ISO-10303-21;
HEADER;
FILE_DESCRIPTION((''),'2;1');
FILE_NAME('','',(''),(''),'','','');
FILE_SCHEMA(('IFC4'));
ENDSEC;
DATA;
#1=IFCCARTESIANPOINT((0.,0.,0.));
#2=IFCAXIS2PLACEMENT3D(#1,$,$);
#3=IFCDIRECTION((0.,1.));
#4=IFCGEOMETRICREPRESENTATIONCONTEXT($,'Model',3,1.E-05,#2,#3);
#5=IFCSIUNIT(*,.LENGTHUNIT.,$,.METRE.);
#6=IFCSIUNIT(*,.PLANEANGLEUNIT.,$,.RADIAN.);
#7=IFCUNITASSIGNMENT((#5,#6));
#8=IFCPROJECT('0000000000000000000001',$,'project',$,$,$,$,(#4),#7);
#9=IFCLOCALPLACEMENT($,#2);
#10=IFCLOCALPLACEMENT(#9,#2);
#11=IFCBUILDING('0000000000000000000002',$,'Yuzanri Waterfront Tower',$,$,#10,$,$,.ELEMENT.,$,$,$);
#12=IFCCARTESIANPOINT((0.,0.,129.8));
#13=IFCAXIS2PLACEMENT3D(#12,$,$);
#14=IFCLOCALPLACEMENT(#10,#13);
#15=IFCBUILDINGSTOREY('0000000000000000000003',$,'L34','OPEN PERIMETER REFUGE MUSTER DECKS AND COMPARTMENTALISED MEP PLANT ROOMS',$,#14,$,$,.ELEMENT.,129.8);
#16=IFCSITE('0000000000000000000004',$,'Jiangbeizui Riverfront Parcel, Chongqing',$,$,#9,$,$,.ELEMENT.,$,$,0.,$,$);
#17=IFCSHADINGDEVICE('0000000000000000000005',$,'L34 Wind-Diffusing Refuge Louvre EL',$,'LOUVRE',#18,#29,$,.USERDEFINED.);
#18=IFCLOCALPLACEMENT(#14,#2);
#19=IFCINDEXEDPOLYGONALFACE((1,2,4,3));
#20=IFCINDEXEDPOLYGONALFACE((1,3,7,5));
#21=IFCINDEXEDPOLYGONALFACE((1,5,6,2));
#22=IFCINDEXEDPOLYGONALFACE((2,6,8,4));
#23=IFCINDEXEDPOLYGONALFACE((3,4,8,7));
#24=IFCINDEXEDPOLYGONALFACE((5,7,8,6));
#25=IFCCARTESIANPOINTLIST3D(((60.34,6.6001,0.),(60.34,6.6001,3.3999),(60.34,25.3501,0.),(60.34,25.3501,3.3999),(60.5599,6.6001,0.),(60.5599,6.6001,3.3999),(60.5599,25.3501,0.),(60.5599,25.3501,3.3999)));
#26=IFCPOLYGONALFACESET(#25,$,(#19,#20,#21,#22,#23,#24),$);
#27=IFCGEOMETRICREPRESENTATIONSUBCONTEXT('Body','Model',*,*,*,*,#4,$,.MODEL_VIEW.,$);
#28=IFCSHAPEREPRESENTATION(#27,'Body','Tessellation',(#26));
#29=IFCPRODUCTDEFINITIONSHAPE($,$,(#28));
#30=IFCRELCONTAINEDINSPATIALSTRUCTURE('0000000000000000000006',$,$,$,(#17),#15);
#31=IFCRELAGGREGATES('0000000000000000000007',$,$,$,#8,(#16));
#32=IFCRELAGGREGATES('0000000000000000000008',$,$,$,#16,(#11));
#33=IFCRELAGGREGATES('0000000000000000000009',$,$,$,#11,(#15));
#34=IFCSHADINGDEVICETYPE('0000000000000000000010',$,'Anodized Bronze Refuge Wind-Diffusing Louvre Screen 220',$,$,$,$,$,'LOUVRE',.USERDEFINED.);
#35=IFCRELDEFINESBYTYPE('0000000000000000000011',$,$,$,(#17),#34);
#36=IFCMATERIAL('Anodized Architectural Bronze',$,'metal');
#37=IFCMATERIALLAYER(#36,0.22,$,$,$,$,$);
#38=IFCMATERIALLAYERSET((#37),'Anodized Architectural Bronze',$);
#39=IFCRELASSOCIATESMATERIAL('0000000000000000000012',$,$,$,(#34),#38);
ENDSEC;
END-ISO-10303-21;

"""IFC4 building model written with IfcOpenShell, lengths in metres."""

from ifc_helpers import new_model, si_unit, direction, frame, origin, origin_2d, place, context, subcontext, project, spatial, rectangle, extrude, source, transform, mapped, material, layer, layer_set, type_object, element, save


model = new_model("IFC4")

# Units and contexts
model_context = context("Model", 3, precision=1e-05, world=origin(), true_north=direction((0.0, 1.0)))
body_context = subcontext(model_context, "Body", "Model", "MODEL_VIEW")
ifc_project = project(units=[si_unit("LENGTHUNIT", "METRE"), si_unit("PLANEANGLEUNIT", "RADIAN")], contexts=[model_context])

# Site, building, storey
site_placement = place(None, origin())
site = spatial("IfcSite", under=ifc_project, at=site_placement, Name="Jiangbeizui Riverfront Parcel, Chongqing", CompositionType="ELEMENT", RefElevation=0.0)
building_placement = place(site_placement, origin())
building = spatial("IfcBuilding", under=site, at=building_placement, Name="Yuzanri Waterfront Tower", CompositionType="ELEMENT")
storey_placement = place(building_placement, frame((0.0, 0.0, 129.8)))
storey = spatial("IfcBuildingStorey", under=building, at=storey_placement, Name="L34", Description="OPEN PERIMETER REFUGE MUSTER DECKS AND COMPARTMENTALISED MEP PLANT ROOMS", CompositionType="ELEMENT", Elevation=129.8)

# Shading device
ifc_material_1 = material(Name="Anodized Architectural Bronze", Category="metal")
ifc_layer_1 = layer(ifc_material_1, 0.22)
ifc_layer_set_1 = layer_set([ifc_layer_1], Name="Anodized Architectural Bronze")
shading_device_type = type_object("IfcShadingDeviceType", Name="Anodized Bronze Refuge Wind-Diffusing Louvre Screen 220", ElementType="LOUVRE", PredefinedType="USERDEFINED", material=ifc_layer_set_1)
shared_shape_1 = source(origin(), body_context, "Body", "SweptSolid", [
    extrude(rectangle(XDim=0.22, YDim=18.75, at=origin_2d()), origin(), (0.0, 0.0, 1.0), 3.3999),
])
shading_device_placement = place(storey_placement, frame((60.45, 15.9751, 0.0), z_axis=(0.0, 0.0, 1.0), x_axis=(1.0, 0.0, 0.0)))
element("IfcShadingDevice", 1, at=shading_device_placement, inside=storey, type_object=shading_device_type, Name="L34 Wind-Diffusing Refuge Louvre EL", ObjectType="LOUVRE", PredefinedType="USERDEFINED", context=body_context, shape_type="MappedRepresentation", body=[
    mapped(shared_shape_1, transform((0.0, 0.0, 0.0), scale=1.0)),
])

save(model, "model.ifc")
